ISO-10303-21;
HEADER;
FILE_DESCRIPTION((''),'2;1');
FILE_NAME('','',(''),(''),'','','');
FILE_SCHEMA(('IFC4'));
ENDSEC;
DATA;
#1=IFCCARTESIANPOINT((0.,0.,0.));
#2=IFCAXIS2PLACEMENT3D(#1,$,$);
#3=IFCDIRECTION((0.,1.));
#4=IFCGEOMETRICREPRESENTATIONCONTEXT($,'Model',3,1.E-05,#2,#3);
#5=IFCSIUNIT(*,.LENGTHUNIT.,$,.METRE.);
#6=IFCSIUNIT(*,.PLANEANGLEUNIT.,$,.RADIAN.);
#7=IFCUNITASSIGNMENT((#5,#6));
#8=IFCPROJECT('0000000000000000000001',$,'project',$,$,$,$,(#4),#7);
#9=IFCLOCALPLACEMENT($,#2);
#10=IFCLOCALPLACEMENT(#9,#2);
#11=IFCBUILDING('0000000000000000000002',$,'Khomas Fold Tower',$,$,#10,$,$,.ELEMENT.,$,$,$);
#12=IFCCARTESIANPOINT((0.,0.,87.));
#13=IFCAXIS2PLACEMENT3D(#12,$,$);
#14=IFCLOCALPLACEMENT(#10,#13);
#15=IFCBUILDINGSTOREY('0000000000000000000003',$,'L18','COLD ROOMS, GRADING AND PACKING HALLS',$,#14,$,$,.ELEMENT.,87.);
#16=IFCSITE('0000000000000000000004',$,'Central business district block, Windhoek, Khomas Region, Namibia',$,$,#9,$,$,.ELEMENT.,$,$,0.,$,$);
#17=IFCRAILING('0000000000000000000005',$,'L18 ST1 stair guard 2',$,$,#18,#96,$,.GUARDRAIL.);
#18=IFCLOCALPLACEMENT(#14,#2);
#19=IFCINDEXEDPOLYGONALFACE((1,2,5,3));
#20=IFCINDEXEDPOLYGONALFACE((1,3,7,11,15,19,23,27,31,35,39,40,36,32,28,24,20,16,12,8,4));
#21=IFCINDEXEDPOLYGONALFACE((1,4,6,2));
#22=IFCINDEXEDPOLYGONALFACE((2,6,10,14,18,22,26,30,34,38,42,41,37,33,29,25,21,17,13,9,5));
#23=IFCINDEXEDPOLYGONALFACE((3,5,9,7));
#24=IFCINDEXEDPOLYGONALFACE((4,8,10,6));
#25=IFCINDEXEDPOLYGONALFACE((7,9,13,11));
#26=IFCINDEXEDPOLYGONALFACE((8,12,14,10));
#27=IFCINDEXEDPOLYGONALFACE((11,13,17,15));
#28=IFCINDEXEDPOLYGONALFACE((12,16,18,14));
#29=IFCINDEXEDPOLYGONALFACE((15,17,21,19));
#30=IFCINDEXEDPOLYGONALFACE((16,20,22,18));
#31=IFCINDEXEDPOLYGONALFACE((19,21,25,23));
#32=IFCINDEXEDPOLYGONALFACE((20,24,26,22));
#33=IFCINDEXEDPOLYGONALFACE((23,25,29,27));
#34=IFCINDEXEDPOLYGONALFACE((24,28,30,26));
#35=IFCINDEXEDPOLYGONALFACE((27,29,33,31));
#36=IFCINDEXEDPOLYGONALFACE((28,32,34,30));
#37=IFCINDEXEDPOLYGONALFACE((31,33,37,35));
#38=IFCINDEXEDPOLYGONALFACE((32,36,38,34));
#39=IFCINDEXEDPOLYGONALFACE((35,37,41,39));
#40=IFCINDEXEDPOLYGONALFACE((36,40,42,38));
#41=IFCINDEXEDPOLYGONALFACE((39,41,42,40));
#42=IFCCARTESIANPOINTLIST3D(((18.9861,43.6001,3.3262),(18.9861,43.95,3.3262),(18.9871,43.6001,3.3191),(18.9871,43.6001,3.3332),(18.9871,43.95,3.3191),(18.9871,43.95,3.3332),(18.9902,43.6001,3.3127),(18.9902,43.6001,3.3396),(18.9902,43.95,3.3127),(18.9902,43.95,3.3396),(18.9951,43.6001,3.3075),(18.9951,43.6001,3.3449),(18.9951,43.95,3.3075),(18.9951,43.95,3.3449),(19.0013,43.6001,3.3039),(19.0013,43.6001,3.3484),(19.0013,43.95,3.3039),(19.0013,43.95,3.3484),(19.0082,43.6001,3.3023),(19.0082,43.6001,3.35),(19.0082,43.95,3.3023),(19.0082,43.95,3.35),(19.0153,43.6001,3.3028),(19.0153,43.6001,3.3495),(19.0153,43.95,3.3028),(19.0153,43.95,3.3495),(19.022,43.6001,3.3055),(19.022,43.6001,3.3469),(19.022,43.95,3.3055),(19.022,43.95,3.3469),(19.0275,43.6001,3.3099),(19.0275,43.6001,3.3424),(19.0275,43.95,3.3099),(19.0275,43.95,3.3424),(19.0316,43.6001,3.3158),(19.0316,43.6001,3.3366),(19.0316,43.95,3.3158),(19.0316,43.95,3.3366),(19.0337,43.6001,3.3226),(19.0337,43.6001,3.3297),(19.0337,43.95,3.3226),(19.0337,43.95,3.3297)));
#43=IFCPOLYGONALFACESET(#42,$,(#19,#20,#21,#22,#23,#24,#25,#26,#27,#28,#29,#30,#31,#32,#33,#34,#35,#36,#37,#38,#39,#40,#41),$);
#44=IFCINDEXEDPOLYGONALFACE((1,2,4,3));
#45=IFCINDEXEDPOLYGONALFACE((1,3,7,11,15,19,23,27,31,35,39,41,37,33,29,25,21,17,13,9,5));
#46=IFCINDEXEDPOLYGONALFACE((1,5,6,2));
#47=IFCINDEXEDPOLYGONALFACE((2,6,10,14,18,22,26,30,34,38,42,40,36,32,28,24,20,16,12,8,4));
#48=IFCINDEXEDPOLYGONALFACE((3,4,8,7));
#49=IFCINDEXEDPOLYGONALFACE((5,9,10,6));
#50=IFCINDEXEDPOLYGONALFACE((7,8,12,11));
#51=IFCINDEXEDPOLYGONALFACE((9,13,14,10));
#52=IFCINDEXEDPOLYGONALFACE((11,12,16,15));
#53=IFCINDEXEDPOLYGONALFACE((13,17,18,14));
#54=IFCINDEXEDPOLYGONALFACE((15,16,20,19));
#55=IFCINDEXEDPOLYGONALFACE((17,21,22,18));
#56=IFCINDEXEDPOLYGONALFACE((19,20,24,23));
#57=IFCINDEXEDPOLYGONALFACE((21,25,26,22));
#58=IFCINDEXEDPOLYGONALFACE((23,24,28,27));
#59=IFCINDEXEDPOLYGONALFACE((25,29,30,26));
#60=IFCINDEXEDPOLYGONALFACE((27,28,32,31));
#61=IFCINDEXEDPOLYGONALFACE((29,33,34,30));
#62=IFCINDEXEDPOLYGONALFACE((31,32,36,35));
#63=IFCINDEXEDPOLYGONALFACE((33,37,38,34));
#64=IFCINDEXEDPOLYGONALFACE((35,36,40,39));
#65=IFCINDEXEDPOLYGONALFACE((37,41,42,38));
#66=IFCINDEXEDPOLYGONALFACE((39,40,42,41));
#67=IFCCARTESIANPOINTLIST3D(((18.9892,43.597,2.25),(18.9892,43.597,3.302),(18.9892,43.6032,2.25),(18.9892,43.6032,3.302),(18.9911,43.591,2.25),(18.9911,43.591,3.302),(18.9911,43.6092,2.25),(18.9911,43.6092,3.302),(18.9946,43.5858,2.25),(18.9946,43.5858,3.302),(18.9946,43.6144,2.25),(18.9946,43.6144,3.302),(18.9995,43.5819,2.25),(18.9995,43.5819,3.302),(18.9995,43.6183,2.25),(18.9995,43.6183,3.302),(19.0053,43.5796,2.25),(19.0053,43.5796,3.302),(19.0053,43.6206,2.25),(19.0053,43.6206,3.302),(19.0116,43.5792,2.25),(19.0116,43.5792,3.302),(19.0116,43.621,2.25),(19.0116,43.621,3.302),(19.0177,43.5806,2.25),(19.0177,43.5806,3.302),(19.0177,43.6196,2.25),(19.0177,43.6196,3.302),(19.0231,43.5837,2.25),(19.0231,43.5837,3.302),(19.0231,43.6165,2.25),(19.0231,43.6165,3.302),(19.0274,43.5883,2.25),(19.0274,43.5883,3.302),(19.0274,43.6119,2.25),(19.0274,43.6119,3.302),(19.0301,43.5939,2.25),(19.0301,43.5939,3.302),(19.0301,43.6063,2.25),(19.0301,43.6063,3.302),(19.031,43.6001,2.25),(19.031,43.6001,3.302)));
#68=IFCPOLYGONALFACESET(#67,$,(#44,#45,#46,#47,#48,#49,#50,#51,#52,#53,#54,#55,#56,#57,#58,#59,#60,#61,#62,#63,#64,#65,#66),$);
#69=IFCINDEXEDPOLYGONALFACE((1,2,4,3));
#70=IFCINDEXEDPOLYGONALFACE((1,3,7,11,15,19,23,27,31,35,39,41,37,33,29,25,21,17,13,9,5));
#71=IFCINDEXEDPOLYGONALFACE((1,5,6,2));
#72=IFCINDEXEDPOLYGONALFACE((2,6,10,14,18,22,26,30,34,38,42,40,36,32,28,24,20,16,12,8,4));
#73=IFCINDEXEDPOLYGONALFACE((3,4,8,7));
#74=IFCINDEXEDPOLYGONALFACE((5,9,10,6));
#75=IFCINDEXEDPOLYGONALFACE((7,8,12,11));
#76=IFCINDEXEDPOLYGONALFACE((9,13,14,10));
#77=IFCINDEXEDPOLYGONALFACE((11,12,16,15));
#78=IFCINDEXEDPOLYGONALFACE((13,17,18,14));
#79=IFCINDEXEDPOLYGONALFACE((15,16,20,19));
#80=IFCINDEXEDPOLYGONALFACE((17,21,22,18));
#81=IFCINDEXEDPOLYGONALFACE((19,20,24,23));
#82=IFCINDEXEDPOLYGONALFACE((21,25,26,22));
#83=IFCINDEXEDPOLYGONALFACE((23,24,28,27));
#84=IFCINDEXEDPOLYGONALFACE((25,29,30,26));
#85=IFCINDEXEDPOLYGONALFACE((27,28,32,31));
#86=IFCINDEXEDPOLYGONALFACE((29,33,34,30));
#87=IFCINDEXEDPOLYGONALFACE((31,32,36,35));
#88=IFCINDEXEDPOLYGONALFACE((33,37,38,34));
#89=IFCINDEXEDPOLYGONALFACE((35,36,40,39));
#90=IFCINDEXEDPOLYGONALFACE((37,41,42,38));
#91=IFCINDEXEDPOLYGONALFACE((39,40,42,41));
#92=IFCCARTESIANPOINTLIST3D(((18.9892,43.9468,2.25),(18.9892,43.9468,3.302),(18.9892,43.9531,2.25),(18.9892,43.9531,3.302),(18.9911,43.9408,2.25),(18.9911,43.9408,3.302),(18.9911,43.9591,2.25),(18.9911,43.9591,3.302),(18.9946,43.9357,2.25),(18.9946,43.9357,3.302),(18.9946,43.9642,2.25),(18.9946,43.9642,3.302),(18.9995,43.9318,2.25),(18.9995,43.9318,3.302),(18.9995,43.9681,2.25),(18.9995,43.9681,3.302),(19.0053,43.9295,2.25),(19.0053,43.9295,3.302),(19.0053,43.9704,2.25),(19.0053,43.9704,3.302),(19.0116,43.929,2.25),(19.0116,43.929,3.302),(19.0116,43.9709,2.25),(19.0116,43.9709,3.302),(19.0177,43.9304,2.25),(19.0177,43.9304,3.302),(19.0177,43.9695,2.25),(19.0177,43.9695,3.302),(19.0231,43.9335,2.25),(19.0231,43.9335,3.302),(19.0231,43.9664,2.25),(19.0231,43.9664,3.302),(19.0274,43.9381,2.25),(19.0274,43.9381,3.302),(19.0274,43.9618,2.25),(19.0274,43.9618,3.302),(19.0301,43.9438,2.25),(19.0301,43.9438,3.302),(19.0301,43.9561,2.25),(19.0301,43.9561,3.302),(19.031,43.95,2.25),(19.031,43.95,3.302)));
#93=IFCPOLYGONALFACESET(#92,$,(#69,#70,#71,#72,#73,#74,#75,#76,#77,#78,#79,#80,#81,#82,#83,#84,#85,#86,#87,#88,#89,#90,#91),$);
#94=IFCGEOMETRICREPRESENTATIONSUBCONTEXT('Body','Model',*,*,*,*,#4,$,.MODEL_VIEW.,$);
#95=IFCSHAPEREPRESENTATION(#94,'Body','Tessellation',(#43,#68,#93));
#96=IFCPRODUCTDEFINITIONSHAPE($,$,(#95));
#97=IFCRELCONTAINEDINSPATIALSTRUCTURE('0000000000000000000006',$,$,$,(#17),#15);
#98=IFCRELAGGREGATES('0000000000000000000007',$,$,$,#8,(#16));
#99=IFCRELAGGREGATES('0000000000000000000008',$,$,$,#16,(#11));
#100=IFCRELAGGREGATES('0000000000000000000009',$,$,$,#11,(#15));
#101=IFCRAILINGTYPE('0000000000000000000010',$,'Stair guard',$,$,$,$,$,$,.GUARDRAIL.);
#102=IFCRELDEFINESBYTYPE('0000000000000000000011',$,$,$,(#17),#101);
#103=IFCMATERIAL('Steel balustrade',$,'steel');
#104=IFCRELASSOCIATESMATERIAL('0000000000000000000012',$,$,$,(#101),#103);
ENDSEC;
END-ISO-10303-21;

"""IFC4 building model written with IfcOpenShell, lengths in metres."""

from ifc_helpers import new_model, si_unit, direction, frame, origin, origin_2d, place, context, subcontext, project, spatial, circle, extrude, source, transform, mapped, material, type_object, element, save


model = new_model("IFC4")

# Units and contexts
model_context = context("Model", 3, precision=1e-05, world=origin(), true_north=direction((0.0, 1.0)))
body_context = subcontext(model_context, "Body", "Model", "MODEL_VIEW")
ifc_project = project(units=[si_unit("LENGTHUNIT", "METRE"), si_unit("PLANEANGLEUNIT", "RADIAN")], contexts=[model_context])

# Site, building, storey
site_placement = place(None, origin())
site = spatial("IfcSite", under=ifc_project, at=site_placement, Name="Central business district block, Windhoek, Khomas Region, Namibia", CompositionType="ELEMENT", RefElevation=0.0)
building_placement = place(site_placement, origin())
building = spatial("IfcBuilding", under=site, at=building_placement, Name="Khomas Fold Tower", CompositionType="ELEMENT")
storey_placement = place(building_placement, frame((0.0, 0.0, 87.0)))
storey = spatial("IfcBuildingStorey", under=building, at=storey_placement, Name="L18", Description="COLD ROOMS, GRADING AND PACKING HALLS", CompositionType="ELEMENT", Elevation=87.0)

# Railing
ifc_material_1 = material(Name="Steel balustrade", Category="steel")
railing_type_1 = type_object("IfcRailingType", Name="Stair guard", PredefinedType="GUARDRAIL", material=ifc_material_1)
shared_shape_1 = source(origin(), body_context, "Body", "SweptSolid", [
    extrude(circle(Radius=0.0239, at=origin_2d()), frame((0.0, 0.0, 1.0762), z_axis=(0.0, 1.0, 0.0), x_axis=(-1.0, 0.0, 0.0)), (0.0, 0.0, 1.0), 0.3499),
    extrude(circle(Radius=0.021, at=origin_2d()), origin(), (0.0, 0.0, 1.0), 1.052),
    extrude(circle(Radius=0.021, at=origin_2d()), frame((0.0, 0.3499, 0.0)), (0.0, 0.0, 1.0), 1.052),
])
railing_1_placement = place(storey_placement, frame((19.01, 43.6001, 2.25)))
element("IfcRailing", 1, at=railing_1_placement, inside=storey, type_object=railing_type_1, Name="L18 ST1 stair guard 2", PredefinedType="GUARDRAIL", context=body_context, shape_type="MappedRepresentation", body=[
    mapped(shared_shape_1, transform((0.0, 0.0, 0.0))),
])

save(model, "model.ifc")
